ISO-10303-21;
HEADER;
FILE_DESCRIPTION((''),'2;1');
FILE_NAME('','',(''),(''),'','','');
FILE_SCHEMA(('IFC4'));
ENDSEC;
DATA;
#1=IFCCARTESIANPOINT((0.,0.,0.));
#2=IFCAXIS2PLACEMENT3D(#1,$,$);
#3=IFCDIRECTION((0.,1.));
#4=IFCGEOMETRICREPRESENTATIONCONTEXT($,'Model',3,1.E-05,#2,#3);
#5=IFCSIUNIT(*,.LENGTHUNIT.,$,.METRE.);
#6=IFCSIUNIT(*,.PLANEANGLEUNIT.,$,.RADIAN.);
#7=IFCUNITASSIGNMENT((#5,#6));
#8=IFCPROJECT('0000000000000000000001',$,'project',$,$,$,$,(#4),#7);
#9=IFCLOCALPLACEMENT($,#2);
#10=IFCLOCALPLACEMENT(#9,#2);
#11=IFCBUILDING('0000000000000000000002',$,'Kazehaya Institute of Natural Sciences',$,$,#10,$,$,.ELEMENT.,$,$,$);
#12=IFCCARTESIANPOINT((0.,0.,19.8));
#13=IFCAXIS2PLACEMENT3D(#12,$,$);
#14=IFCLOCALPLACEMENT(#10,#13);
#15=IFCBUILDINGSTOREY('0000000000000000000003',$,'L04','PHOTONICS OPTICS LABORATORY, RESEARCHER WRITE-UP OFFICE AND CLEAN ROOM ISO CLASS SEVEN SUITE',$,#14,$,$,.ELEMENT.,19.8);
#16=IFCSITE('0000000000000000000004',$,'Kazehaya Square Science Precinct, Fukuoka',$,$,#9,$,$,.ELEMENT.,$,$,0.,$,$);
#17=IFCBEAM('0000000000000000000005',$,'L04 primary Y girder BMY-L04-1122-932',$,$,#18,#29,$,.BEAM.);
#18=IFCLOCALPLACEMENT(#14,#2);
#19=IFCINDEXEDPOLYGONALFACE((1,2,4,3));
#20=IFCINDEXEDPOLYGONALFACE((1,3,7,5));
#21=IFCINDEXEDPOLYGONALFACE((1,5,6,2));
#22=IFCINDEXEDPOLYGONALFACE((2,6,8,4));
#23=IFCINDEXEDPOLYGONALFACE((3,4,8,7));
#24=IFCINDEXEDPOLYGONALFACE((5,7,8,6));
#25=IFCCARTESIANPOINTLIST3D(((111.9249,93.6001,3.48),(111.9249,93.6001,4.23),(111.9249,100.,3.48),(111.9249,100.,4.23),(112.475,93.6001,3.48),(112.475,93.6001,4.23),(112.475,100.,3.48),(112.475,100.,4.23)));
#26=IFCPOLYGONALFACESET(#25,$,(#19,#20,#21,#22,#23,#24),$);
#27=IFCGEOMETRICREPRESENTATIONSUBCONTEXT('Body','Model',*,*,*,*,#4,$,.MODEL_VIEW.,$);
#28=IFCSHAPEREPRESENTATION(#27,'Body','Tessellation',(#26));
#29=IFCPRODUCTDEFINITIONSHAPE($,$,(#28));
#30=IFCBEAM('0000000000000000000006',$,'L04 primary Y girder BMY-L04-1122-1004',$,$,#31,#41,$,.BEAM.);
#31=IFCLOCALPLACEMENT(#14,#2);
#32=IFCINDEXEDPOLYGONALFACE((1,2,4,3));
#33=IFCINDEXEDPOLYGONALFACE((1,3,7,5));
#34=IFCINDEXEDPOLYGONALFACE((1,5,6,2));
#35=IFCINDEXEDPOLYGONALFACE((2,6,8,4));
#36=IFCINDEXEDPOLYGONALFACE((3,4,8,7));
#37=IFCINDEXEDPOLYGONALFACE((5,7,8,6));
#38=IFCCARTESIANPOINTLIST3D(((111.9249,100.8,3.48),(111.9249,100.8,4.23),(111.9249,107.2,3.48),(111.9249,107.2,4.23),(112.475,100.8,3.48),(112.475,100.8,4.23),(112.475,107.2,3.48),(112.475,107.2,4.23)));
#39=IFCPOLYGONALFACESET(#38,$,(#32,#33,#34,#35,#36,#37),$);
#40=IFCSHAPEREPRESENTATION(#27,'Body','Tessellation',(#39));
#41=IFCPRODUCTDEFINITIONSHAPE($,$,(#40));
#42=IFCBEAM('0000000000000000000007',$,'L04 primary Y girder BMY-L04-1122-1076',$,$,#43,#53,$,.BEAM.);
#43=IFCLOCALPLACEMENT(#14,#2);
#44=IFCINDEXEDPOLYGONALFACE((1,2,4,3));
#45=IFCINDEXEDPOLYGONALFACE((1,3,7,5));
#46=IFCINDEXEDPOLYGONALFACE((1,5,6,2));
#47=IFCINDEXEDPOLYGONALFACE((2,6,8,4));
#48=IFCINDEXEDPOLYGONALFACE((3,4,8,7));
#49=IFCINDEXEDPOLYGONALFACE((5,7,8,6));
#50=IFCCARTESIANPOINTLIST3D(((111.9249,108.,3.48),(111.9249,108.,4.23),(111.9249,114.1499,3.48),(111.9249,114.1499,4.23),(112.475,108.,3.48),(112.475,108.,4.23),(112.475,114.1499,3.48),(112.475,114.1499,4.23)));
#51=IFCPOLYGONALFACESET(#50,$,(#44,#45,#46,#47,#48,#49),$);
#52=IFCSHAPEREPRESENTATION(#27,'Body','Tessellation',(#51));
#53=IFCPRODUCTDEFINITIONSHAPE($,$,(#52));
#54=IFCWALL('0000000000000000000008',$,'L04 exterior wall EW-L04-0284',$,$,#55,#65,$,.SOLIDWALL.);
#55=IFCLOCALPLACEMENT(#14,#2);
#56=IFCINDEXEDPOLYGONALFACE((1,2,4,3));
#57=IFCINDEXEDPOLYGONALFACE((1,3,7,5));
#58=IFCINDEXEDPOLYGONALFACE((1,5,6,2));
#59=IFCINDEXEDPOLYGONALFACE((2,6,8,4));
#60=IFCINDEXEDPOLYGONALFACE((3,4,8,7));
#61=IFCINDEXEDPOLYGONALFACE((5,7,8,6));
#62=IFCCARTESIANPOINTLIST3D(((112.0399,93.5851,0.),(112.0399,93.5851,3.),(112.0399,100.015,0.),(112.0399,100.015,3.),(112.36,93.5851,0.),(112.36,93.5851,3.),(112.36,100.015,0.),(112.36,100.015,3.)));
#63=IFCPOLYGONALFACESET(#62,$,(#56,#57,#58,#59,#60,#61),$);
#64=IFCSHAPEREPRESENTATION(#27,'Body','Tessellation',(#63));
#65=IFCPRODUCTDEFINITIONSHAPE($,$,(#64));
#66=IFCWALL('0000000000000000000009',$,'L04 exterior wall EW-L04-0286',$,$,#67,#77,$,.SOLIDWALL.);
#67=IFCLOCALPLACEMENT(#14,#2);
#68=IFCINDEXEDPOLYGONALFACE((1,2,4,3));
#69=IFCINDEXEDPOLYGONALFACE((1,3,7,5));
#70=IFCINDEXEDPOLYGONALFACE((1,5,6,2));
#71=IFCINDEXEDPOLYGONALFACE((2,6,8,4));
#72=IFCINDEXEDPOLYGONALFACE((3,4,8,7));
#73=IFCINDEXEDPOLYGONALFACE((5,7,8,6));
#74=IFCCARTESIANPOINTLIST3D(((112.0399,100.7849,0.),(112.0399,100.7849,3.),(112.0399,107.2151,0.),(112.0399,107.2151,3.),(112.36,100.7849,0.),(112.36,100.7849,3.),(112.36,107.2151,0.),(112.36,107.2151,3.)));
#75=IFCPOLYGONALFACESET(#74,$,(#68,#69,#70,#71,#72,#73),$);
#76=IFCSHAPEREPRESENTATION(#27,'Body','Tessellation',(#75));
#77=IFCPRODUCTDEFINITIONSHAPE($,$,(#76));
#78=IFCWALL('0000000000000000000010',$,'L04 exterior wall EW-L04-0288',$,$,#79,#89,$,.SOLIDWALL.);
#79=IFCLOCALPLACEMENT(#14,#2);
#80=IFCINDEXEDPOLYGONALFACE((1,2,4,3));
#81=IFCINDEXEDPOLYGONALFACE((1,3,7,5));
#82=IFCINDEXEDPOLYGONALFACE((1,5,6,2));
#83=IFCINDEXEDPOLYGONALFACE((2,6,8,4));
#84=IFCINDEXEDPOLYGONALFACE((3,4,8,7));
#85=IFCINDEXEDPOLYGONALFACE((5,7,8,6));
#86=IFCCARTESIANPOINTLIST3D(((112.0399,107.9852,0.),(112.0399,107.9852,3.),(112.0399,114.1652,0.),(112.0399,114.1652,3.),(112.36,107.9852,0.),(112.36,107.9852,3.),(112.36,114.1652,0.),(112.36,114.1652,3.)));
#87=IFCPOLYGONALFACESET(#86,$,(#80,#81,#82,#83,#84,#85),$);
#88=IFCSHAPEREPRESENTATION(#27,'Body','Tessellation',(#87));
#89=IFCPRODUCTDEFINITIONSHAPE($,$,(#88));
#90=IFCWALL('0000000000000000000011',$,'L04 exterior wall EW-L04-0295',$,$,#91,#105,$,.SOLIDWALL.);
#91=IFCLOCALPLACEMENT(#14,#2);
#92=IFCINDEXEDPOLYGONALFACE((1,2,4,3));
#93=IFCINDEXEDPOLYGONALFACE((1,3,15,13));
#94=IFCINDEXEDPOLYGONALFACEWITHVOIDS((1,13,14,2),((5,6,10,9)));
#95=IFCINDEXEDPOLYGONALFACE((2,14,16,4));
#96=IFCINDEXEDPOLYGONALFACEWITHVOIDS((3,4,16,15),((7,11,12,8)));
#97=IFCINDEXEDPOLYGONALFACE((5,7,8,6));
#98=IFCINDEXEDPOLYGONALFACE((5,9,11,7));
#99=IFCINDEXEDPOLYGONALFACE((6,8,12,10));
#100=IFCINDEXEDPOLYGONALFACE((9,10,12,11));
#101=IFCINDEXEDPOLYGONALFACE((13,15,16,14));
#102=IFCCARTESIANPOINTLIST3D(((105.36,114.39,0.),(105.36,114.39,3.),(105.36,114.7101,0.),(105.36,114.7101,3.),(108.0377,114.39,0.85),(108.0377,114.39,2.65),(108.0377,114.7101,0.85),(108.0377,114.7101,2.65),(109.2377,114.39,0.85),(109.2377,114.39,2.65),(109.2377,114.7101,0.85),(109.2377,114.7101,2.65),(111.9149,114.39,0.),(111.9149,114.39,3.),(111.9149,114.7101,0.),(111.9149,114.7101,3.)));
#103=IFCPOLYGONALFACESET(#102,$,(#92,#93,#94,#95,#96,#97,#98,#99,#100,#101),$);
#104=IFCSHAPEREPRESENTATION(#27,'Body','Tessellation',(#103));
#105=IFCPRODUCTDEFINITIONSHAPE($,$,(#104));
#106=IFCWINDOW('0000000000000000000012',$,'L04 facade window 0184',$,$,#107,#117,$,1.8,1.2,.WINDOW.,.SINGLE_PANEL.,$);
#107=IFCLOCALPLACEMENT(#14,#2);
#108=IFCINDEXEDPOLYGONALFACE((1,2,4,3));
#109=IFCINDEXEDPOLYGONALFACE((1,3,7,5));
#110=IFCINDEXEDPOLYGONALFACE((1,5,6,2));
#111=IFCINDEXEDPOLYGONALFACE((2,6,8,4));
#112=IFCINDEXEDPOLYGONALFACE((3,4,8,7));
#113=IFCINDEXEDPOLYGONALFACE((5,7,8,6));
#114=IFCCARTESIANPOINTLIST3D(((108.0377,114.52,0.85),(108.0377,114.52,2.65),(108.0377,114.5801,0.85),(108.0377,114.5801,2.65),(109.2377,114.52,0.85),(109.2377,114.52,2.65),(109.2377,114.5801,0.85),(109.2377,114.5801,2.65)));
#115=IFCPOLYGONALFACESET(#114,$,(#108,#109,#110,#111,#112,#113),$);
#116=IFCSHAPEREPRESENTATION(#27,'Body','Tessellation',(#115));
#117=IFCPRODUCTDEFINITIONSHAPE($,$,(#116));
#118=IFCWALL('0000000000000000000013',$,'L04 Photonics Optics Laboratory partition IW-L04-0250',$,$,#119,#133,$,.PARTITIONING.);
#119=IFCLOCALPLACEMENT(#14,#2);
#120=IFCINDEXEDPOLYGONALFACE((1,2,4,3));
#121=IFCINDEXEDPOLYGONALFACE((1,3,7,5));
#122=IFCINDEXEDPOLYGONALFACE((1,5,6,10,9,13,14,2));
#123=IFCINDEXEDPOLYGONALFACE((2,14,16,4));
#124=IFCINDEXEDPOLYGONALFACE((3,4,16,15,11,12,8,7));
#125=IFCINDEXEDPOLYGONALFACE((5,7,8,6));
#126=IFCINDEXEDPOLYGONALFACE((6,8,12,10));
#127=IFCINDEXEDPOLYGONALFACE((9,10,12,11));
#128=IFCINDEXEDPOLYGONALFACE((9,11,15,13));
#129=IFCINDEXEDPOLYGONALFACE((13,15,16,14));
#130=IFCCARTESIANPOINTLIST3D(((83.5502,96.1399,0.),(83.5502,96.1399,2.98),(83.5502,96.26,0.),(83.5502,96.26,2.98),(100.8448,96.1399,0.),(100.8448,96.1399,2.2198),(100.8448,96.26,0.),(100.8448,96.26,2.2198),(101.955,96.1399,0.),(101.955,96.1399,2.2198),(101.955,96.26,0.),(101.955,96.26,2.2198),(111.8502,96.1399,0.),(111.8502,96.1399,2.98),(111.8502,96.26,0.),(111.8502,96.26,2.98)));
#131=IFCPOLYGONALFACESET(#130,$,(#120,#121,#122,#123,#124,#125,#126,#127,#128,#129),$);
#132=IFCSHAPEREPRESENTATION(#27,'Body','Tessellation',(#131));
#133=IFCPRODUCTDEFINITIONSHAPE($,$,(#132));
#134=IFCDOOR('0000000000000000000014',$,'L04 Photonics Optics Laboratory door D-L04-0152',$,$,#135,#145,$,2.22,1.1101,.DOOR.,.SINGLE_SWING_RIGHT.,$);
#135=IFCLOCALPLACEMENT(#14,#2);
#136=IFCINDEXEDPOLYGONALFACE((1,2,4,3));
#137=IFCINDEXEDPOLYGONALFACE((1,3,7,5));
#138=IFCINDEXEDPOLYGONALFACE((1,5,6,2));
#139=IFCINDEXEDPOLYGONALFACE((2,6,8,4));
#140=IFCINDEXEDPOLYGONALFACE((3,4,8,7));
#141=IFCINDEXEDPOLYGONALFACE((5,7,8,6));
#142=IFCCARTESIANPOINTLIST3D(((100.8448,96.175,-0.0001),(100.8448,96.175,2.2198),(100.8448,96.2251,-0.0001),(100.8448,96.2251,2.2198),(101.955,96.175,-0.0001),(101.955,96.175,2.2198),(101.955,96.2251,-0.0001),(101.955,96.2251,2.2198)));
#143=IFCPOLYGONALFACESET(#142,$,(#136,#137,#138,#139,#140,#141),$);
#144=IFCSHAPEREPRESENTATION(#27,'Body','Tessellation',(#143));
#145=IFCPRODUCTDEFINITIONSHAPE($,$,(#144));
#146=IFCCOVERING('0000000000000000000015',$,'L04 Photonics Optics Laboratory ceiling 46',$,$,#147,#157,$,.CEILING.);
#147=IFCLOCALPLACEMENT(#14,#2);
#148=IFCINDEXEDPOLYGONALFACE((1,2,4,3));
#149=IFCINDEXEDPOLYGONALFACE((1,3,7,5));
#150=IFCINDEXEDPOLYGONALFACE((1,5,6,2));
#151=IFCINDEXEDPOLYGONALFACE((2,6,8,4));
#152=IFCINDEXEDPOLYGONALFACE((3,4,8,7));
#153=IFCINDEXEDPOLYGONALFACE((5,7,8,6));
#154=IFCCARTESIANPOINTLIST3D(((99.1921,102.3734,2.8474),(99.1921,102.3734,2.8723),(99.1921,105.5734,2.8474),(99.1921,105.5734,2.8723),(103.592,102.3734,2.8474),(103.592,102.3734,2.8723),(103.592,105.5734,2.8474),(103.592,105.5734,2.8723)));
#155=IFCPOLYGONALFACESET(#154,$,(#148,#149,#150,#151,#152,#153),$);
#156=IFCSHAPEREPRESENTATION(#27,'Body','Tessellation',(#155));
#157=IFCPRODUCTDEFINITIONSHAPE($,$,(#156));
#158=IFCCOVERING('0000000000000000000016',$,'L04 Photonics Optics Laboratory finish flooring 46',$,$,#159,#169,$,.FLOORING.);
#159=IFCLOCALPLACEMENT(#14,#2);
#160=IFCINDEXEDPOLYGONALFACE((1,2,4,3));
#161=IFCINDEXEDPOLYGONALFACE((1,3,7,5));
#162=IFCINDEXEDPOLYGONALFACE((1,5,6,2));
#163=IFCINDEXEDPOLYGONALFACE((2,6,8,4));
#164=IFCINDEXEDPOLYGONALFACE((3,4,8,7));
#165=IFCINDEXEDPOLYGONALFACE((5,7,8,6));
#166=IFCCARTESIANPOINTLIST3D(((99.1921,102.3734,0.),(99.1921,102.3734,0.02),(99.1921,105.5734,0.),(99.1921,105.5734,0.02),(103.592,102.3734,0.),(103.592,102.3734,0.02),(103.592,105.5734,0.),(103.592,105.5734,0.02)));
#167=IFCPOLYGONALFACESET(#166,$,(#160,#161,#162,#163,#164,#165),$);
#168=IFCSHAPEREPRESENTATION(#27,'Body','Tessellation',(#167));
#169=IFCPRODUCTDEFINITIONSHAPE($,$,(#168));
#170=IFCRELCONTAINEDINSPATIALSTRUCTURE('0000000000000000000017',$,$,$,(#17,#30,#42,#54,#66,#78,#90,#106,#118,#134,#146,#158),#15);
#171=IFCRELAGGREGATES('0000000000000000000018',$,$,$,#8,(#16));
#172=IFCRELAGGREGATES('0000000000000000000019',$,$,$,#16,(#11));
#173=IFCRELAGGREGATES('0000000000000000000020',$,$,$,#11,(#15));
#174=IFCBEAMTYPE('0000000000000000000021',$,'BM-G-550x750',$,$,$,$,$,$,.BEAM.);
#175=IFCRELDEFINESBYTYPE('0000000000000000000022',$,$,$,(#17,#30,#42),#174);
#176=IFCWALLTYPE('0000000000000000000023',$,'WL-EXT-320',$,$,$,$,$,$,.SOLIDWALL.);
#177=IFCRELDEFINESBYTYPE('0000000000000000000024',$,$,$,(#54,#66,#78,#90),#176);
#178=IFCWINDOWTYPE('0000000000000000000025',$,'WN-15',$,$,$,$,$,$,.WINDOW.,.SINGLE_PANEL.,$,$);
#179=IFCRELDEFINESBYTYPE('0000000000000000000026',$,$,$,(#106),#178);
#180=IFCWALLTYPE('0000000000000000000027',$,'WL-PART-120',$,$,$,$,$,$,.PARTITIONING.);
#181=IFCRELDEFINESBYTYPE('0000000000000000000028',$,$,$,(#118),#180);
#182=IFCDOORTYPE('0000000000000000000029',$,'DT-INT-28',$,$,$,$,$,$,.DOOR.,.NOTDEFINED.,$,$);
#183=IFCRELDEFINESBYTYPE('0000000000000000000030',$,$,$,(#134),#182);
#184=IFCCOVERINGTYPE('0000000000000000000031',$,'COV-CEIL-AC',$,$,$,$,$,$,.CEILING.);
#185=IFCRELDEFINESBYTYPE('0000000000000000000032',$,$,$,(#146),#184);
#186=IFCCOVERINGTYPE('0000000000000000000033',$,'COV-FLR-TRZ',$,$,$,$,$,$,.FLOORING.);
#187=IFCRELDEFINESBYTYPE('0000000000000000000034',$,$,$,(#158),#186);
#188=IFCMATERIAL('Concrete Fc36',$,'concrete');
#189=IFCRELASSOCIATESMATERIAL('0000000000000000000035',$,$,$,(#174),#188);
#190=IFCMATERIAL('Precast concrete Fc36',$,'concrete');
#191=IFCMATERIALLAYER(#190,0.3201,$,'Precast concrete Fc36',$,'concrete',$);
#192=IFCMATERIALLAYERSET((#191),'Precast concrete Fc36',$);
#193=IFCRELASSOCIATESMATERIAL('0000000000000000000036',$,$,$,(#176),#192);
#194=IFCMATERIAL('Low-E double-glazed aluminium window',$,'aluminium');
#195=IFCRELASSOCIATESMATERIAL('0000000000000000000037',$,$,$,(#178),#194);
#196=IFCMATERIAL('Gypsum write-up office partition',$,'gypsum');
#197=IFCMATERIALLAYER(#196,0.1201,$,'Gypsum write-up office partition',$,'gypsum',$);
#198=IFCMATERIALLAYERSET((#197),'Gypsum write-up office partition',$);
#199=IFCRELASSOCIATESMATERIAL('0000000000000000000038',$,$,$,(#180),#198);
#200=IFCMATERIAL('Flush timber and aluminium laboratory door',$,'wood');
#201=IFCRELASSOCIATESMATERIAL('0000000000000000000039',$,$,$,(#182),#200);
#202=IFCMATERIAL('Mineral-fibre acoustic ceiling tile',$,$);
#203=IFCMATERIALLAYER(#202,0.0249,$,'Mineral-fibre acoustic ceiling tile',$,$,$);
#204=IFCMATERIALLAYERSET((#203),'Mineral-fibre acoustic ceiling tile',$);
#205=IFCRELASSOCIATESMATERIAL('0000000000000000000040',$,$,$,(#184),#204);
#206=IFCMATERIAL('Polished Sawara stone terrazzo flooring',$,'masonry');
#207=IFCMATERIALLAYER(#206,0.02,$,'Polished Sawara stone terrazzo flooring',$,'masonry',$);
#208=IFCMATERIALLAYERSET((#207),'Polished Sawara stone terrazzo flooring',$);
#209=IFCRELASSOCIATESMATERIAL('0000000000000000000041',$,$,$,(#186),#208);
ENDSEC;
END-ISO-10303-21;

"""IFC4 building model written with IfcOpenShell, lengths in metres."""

from ifc_helpers import new_model, si_unit, direction, frame, frame_2d, origin, origin_2d, place, context, subcontext, project, spatial, rectangle, extrude, material, layer, layer_set, material_profile, profile_set, type_object, element, fill, save


model = new_model("IFC4")

# Units and contexts
model_context = context("Model", 3, precision=1e-05, world=origin(), true_north=direction((0.0, 1.0)))
body_context = subcontext(model_context, "Body", "Model", "MODEL_VIEW")
ifc_project = project(units=[si_unit("LENGTHUNIT", "METRE"), si_unit("PLANEANGLEUNIT", "RADIAN")], contexts=[model_context])

# Site, building, storey
site_placement = place(None, origin())
site = spatial("IfcSite", under=ifc_project, at=site_placement, Name="Kazehaya Square Science Precinct, Fukuoka", CompositionType="ELEMENT", RefElevation=0.0)
building_placement = place(site_placement, origin())
building = spatial("IfcBuilding", under=site, at=building_placement, Name="Kazehaya Institute of Natural Sciences", CompositionType="ELEMENT")
storey_placement = place(building_placement, frame((0.0, 0.0, 19.8)))
storey = spatial("IfcBuildingStorey", under=building, at=storey_placement, Name="L04", Description="PHOTONICS OPTICS LABORATORY, RESEARCHER WRITE-UP OFFICE AND CLEAN ROOM ISO CLASS SEVEN SUITE", CompositionType="ELEMENT", Elevation=19.8)

# Beams
ifc_material_1 = material(Name="Concrete Fc36", Category="concrete")
ifc_material_profile_1 = material_profile(ifc_material_1, rectangle(XDim=0.55, YDim=0.75, at=origin_2d()), Name="RC-550x750")
ifc_profile_set_1 = profile_set([ifc_material_profile_1], Name="Concrete Fc36")
beam_type = type_object("IfcBeamType", Name="BM-G-550x750", PredefinedType="BEAM", material=ifc_profile_set_1)
for number, where, z_axis, x_axis, name in (
    (1, (112.2, 93.6001, 3.855), (0.0, 1.0, 0.0), (-1.0, 0.0, 0.0), "L04 primary Y girder BMY-L04-1122-932"),
    (2, (112.2, 100.8, 3.855), (0.0, 1.0, 0.0), (-1.0, 0.0, 0.0), "L04 primary Y girder BMY-L04-1122-1004"),
):
    element("IfcBeam", number, at=place(storey_placement, frame(where, z_axis=z_axis, x_axis=x_axis)), inside=storey, type_object=beam_type, Name=name, PredefinedType="BEAM", context=body_context, shape_type="SweptSolid", body=[
        extrude(rectangle(XDim=0.55, YDim=0.75, at=origin_2d()), origin(), (0.0, 0.0, 1.0), 6.3999),
    ])
beam_1_placement = place(storey_placement, frame((112.2, 108.0, 3.855), z_axis=(0.0, 1.0, 0.0), x_axis=(-1.0, 0.0, 0.0)))
element("IfcBeam", 3, at=beam_1_placement, inside=storey, type_object=beam_type, Name="L04 primary Y girder BMY-L04-1122-1076", PredefinedType="BEAM", context=body_context, shape_type="SweptSolid", body=[
    extrude(rectangle(XDim=0.55, YDim=0.75, at=origin_2d()), origin(), (0.0, 0.0, 1.0), 6.1499),
])

# Walls
ifc_material_2 = material(Name="Precast concrete Fc36", Category="concrete")
ifc_layer_1 = layer(ifc_material_2, 0.3201, Name="Precast concrete Fc36", Category="concrete")
ifc_layer_set_1 = layer_set([ifc_layer_1], Name="Precast concrete Fc36")
wall_type_1 = type_object("IfcWallType", Name="WL-EXT-320", PredefinedType="SOLIDWALL", material=ifc_layer_set_1)
wall_1_placement = place(storey_placement, frame((112.2, 100.0149, 0.0), z_axis=(0.0, 0.0, 1.0), x_axis=(0.0, -1.0, 0.0)))
element("IfcWall", 4, at=wall_1_placement, inside=storey, type_object=wall_type_1, Name="L04 exterior wall EW-L04-0284", PredefinedType="SOLIDWALL", context=body_context, shape_type="SweptSolid", body=[
    extrude(rectangle(XDim=6.4299, YDim=0.3201, at=frame_2d((3.2148, 0.0))), origin(), (0.0, 0.0, 1.0), 3.0),
])
wall_2_placement = place(storey_placement, frame((112.2, 107.2151, 0.0), z_axis=(0.0, 0.0, 1.0), x_axis=(0.0, -1.0, 0.0)))
element("IfcWall", 5, at=wall_2_placement, inside=storey, type_object=wall_type_1, Name="L04 exterior wall EW-L04-0286", PredefinedType="SOLIDWALL", context=body_context, shape_type="SweptSolid", body=[
    extrude(rectangle(XDim=6.4302, YDim=0.3201, at=frame_2d((3.2151, 0.0))), origin(), (0.0, 0.0, 1.0), 3.0),
])
wall_3_placement = place(storey_placement, frame((112.2, 114.165, 0.0), z_axis=(0.0, 0.0, 1.0), x_axis=(0.0, -1.0, 0.0)))
element("IfcWall", 6, at=wall_3_placement, inside=storey, type_object=wall_type_1, Name="L04 exterior wall EW-L04-0288", PredefinedType="SOLIDWALL", context=body_context, shape_type="SweptSolid", body=[
    extrude(rectangle(XDim=6.1799, YDim=0.3201, at=frame_2d((3.0898, 0.0))), origin(), (0.0, 0.0, 1.0), 3.0),
])

# Wall, opening, window
wall_4_placement = place(storey_placement, frame((105.3601, 114.55, 0.0), z_axis=(0.0, 0.0, 1.0), x_axis=(1.0, 0.0, 0.0)))
wall_4 = element("IfcWall", 7, at=wall_4_placement, inside=storey, type_object=wall_type_1, Name="L04 exterior wall EW-L04-0295", PredefinedType="SOLIDWALL", context=body_context, shape_type="SweptSolid", body=[
    extrude(rectangle(XDim=6.5549, YDim=0.3201, at=frame_2d((3.2773, 0.0))), origin(), (0.0, 0.0, 1.0), 3.0),
])
opening_1_placement = place(wall_4_placement, frame((2.6775, 0.0, 0.8501)))
opening_1 = element("IfcOpeningElement", 8, at=opening_1_placement, cuts=wall_4, PredefinedType="OPENING", context=body_context, shape_type="SweptSolid", body=[
    extrude(rectangle(XDim=1.2, YDim=1.8, at=frame_2d((0.6001, 0.8999))), frame((0.0, 0.1699, 0.0), z_axis=(0.0, -1.0, 0.0), x_axis=(1.0, 0.0, 0.0)), (0.0, 0.0, 1.0), 0.3401),
])
ifc_material_3 = material(Name="Low-E double-glazed aluminium window", Category="aluminium")
window_type = type_object("IfcWindowType", Name="WN-15", PartitioningType="SINGLE_PANEL", PredefinedType="WINDOW", material=ifc_material_3)
window_placement = place(opening_1_placement, origin())
window = element("IfcWindow", 9, at=window_placement, inside=storey, type_object=window_type, Name="L04 facade window 0184", OverallHeight=1.8, OverallWidth=1.2, PartitioningType="SINGLE_PANEL", PredefinedType="WINDOW", context=body_context, shape_type="SweptSolid", body=[
    extrude(rectangle(XDim=1.2, YDim=1.8, at=frame_2d((0.6001, 0.8999))), frame((0.0, 0.03, 0.0), z_axis=(0.0, -1.0, 0.0), x_axis=(1.0, 0.0, 0.0)), (0.0, 0.0, 1.0), 0.0601),
])
fill(opening_1, window)

# Wall, opening, door
ifc_material_4 = material(Name="Gypsum write-up office partition", Category="gypsum")
ifc_layer_2 = layer(ifc_material_4, 0.1201, Name="Gypsum write-up office partition", Category="gypsum")
ifc_layer_set_2 = layer_set([ifc_layer_2], Name="Gypsum write-up office partition")
wall_type_2 = type_object("IfcWallType", Name="WL-PART-120", PredefinedType="PARTITIONING", material=ifc_layer_set_2)
wall_5_placement = place(storey_placement, frame((111.8501, 96.2, 0.0), z_axis=(0.0, 0.0, 1.0), x_axis=(-1.0, 0.0, 0.0)))
wall_5 = element("IfcWall", 10, at=wall_5_placement, inside=storey, type_object=wall_type_2, Name="L04 Photonics Optics Laboratory partition IW-L04-0250", PredefinedType="PARTITIONING", context=body_context, shape_type="SweptSolid", body=[
    extrude(rectangle(XDim=28.3, YDim=0.1201, at=frame_2d((14.1499, 0.0))), origin(), (0.0, 0.0, 1.0), 2.98),
])
opening_2_placement = place(wall_5_placement, frame((9.895, 0.0, 0.0)))
opening_2 = element("IfcOpeningElement", 11, at=opening_2_placement, cuts=wall_5, PredefinedType="OPENING", context=body_context, shape_type="SweptSolid", body=[
    extrude(rectangle(XDim=1.1101, YDim=2.22, at=frame_2d((0.5552, 1.1099))), frame((0.0, 0.0701, 0.0), z_axis=(0.0, -1.0, 0.0), x_axis=(1.0, 0.0, 0.0)), (0.0, 0.0, 1.0), 0.1401),
])
ifc_material_5 = material(Name="Flush timber and aluminium laboratory door", Category="wood")
door_type = type_object("IfcDoorType", Name="DT-INT-28", OperationType="NOTDEFINED", PredefinedType="DOOR", material=ifc_material_5)
door_placement = place(opening_2_placement, origin())
door = element("IfcDoor", 12, at=door_placement, inside=storey, type_object=door_type, Name="L04 Photonics Optics Laboratory door D-L04-0152", OperationType="SINGLE_SWING_RIGHT", OverallHeight=2.22, OverallWidth=1.1101, PredefinedType="DOOR", context=body_context, shape_type="SweptSolid", body=[
    extrude(rectangle(XDim=1.1101, YDim=2.22, at=frame_2d((0.5552, 1.1099))), frame((0.0, 0.0249, 0.0), z_axis=(0.0, -1.0, 0.0), x_axis=(1.0, 0.0, 0.0)), (0.0, 0.0, 1.0), 0.05),
])
fill(opening_2, door)

# Coverings
ifc_material_6 = material(Name="Mineral-fibre acoustic ceiling tile")
ifc_layer_3 = layer(ifc_material_6, 0.0249, Name="Mineral-fibre acoustic ceiling tile")
ifc_layer_set_3 = layer_set([ifc_layer_3], Name="Mineral-fibre acoustic ceiling tile")
covering_type_1 = type_object("IfcCoveringType", Name="COV-CEIL-AC", PredefinedType="CEILING", material=ifc_layer_set_3)
covering_1_placement = place(storey_placement, frame((101.3921, 103.9734, 2.8474), z_axis=(0.0, 0.0, 1.0), x_axis=(1.0, 0.0, 0.0)))
element("IfcCovering", 13, at=covering_1_placement, inside=storey, type_object=covering_type_1, Name="L04 Photonics Optics Laboratory ceiling 46", PredefinedType="CEILING", context=body_context, shape_type="SweptSolid", body=[
    extrude(rectangle(XDim=4.3999, YDim=3.2, at=origin_2d()), origin(), (0.0, 0.0, 1.0), 0.0249),
])
ifc_material_7 = material(Name="Polished Sawara stone terrazzo flooring", Category="masonry")
ifc_layer_4 = layer(ifc_material_7, 0.02, Name="Polished Sawara stone terrazzo flooring", Category="masonry")
ifc_layer_set_4 = layer_set([ifc_layer_4], Name="Polished Sawara stone terrazzo flooring")
covering_type_2 = type_object("IfcCoveringType", Name="COV-FLR-TRZ", PredefinedType="FLOORING", material=ifc_layer_set_4)
covering_2_placement = place(storey_placement, frame((101.3921, 103.9734, 0.0), z_axis=(0.0, 0.0, 1.0), x_axis=(1.0, 0.0, 0.0)))
element("IfcCovering", 14, at=covering_2_placement, inside=storey, type_object=covering_type_2, Name="L04 Photonics Optics Laboratory finish flooring 46", PredefinedType="FLOORING", context=body_context, shape_type="SweptSolid", body=[
    extrude(rectangle(XDim=4.3999, YDim=3.2, at=origin_2d()), origin(), (0.0, 0.0, 1.0), 0.02),
])

save(model, "model.ifc")
